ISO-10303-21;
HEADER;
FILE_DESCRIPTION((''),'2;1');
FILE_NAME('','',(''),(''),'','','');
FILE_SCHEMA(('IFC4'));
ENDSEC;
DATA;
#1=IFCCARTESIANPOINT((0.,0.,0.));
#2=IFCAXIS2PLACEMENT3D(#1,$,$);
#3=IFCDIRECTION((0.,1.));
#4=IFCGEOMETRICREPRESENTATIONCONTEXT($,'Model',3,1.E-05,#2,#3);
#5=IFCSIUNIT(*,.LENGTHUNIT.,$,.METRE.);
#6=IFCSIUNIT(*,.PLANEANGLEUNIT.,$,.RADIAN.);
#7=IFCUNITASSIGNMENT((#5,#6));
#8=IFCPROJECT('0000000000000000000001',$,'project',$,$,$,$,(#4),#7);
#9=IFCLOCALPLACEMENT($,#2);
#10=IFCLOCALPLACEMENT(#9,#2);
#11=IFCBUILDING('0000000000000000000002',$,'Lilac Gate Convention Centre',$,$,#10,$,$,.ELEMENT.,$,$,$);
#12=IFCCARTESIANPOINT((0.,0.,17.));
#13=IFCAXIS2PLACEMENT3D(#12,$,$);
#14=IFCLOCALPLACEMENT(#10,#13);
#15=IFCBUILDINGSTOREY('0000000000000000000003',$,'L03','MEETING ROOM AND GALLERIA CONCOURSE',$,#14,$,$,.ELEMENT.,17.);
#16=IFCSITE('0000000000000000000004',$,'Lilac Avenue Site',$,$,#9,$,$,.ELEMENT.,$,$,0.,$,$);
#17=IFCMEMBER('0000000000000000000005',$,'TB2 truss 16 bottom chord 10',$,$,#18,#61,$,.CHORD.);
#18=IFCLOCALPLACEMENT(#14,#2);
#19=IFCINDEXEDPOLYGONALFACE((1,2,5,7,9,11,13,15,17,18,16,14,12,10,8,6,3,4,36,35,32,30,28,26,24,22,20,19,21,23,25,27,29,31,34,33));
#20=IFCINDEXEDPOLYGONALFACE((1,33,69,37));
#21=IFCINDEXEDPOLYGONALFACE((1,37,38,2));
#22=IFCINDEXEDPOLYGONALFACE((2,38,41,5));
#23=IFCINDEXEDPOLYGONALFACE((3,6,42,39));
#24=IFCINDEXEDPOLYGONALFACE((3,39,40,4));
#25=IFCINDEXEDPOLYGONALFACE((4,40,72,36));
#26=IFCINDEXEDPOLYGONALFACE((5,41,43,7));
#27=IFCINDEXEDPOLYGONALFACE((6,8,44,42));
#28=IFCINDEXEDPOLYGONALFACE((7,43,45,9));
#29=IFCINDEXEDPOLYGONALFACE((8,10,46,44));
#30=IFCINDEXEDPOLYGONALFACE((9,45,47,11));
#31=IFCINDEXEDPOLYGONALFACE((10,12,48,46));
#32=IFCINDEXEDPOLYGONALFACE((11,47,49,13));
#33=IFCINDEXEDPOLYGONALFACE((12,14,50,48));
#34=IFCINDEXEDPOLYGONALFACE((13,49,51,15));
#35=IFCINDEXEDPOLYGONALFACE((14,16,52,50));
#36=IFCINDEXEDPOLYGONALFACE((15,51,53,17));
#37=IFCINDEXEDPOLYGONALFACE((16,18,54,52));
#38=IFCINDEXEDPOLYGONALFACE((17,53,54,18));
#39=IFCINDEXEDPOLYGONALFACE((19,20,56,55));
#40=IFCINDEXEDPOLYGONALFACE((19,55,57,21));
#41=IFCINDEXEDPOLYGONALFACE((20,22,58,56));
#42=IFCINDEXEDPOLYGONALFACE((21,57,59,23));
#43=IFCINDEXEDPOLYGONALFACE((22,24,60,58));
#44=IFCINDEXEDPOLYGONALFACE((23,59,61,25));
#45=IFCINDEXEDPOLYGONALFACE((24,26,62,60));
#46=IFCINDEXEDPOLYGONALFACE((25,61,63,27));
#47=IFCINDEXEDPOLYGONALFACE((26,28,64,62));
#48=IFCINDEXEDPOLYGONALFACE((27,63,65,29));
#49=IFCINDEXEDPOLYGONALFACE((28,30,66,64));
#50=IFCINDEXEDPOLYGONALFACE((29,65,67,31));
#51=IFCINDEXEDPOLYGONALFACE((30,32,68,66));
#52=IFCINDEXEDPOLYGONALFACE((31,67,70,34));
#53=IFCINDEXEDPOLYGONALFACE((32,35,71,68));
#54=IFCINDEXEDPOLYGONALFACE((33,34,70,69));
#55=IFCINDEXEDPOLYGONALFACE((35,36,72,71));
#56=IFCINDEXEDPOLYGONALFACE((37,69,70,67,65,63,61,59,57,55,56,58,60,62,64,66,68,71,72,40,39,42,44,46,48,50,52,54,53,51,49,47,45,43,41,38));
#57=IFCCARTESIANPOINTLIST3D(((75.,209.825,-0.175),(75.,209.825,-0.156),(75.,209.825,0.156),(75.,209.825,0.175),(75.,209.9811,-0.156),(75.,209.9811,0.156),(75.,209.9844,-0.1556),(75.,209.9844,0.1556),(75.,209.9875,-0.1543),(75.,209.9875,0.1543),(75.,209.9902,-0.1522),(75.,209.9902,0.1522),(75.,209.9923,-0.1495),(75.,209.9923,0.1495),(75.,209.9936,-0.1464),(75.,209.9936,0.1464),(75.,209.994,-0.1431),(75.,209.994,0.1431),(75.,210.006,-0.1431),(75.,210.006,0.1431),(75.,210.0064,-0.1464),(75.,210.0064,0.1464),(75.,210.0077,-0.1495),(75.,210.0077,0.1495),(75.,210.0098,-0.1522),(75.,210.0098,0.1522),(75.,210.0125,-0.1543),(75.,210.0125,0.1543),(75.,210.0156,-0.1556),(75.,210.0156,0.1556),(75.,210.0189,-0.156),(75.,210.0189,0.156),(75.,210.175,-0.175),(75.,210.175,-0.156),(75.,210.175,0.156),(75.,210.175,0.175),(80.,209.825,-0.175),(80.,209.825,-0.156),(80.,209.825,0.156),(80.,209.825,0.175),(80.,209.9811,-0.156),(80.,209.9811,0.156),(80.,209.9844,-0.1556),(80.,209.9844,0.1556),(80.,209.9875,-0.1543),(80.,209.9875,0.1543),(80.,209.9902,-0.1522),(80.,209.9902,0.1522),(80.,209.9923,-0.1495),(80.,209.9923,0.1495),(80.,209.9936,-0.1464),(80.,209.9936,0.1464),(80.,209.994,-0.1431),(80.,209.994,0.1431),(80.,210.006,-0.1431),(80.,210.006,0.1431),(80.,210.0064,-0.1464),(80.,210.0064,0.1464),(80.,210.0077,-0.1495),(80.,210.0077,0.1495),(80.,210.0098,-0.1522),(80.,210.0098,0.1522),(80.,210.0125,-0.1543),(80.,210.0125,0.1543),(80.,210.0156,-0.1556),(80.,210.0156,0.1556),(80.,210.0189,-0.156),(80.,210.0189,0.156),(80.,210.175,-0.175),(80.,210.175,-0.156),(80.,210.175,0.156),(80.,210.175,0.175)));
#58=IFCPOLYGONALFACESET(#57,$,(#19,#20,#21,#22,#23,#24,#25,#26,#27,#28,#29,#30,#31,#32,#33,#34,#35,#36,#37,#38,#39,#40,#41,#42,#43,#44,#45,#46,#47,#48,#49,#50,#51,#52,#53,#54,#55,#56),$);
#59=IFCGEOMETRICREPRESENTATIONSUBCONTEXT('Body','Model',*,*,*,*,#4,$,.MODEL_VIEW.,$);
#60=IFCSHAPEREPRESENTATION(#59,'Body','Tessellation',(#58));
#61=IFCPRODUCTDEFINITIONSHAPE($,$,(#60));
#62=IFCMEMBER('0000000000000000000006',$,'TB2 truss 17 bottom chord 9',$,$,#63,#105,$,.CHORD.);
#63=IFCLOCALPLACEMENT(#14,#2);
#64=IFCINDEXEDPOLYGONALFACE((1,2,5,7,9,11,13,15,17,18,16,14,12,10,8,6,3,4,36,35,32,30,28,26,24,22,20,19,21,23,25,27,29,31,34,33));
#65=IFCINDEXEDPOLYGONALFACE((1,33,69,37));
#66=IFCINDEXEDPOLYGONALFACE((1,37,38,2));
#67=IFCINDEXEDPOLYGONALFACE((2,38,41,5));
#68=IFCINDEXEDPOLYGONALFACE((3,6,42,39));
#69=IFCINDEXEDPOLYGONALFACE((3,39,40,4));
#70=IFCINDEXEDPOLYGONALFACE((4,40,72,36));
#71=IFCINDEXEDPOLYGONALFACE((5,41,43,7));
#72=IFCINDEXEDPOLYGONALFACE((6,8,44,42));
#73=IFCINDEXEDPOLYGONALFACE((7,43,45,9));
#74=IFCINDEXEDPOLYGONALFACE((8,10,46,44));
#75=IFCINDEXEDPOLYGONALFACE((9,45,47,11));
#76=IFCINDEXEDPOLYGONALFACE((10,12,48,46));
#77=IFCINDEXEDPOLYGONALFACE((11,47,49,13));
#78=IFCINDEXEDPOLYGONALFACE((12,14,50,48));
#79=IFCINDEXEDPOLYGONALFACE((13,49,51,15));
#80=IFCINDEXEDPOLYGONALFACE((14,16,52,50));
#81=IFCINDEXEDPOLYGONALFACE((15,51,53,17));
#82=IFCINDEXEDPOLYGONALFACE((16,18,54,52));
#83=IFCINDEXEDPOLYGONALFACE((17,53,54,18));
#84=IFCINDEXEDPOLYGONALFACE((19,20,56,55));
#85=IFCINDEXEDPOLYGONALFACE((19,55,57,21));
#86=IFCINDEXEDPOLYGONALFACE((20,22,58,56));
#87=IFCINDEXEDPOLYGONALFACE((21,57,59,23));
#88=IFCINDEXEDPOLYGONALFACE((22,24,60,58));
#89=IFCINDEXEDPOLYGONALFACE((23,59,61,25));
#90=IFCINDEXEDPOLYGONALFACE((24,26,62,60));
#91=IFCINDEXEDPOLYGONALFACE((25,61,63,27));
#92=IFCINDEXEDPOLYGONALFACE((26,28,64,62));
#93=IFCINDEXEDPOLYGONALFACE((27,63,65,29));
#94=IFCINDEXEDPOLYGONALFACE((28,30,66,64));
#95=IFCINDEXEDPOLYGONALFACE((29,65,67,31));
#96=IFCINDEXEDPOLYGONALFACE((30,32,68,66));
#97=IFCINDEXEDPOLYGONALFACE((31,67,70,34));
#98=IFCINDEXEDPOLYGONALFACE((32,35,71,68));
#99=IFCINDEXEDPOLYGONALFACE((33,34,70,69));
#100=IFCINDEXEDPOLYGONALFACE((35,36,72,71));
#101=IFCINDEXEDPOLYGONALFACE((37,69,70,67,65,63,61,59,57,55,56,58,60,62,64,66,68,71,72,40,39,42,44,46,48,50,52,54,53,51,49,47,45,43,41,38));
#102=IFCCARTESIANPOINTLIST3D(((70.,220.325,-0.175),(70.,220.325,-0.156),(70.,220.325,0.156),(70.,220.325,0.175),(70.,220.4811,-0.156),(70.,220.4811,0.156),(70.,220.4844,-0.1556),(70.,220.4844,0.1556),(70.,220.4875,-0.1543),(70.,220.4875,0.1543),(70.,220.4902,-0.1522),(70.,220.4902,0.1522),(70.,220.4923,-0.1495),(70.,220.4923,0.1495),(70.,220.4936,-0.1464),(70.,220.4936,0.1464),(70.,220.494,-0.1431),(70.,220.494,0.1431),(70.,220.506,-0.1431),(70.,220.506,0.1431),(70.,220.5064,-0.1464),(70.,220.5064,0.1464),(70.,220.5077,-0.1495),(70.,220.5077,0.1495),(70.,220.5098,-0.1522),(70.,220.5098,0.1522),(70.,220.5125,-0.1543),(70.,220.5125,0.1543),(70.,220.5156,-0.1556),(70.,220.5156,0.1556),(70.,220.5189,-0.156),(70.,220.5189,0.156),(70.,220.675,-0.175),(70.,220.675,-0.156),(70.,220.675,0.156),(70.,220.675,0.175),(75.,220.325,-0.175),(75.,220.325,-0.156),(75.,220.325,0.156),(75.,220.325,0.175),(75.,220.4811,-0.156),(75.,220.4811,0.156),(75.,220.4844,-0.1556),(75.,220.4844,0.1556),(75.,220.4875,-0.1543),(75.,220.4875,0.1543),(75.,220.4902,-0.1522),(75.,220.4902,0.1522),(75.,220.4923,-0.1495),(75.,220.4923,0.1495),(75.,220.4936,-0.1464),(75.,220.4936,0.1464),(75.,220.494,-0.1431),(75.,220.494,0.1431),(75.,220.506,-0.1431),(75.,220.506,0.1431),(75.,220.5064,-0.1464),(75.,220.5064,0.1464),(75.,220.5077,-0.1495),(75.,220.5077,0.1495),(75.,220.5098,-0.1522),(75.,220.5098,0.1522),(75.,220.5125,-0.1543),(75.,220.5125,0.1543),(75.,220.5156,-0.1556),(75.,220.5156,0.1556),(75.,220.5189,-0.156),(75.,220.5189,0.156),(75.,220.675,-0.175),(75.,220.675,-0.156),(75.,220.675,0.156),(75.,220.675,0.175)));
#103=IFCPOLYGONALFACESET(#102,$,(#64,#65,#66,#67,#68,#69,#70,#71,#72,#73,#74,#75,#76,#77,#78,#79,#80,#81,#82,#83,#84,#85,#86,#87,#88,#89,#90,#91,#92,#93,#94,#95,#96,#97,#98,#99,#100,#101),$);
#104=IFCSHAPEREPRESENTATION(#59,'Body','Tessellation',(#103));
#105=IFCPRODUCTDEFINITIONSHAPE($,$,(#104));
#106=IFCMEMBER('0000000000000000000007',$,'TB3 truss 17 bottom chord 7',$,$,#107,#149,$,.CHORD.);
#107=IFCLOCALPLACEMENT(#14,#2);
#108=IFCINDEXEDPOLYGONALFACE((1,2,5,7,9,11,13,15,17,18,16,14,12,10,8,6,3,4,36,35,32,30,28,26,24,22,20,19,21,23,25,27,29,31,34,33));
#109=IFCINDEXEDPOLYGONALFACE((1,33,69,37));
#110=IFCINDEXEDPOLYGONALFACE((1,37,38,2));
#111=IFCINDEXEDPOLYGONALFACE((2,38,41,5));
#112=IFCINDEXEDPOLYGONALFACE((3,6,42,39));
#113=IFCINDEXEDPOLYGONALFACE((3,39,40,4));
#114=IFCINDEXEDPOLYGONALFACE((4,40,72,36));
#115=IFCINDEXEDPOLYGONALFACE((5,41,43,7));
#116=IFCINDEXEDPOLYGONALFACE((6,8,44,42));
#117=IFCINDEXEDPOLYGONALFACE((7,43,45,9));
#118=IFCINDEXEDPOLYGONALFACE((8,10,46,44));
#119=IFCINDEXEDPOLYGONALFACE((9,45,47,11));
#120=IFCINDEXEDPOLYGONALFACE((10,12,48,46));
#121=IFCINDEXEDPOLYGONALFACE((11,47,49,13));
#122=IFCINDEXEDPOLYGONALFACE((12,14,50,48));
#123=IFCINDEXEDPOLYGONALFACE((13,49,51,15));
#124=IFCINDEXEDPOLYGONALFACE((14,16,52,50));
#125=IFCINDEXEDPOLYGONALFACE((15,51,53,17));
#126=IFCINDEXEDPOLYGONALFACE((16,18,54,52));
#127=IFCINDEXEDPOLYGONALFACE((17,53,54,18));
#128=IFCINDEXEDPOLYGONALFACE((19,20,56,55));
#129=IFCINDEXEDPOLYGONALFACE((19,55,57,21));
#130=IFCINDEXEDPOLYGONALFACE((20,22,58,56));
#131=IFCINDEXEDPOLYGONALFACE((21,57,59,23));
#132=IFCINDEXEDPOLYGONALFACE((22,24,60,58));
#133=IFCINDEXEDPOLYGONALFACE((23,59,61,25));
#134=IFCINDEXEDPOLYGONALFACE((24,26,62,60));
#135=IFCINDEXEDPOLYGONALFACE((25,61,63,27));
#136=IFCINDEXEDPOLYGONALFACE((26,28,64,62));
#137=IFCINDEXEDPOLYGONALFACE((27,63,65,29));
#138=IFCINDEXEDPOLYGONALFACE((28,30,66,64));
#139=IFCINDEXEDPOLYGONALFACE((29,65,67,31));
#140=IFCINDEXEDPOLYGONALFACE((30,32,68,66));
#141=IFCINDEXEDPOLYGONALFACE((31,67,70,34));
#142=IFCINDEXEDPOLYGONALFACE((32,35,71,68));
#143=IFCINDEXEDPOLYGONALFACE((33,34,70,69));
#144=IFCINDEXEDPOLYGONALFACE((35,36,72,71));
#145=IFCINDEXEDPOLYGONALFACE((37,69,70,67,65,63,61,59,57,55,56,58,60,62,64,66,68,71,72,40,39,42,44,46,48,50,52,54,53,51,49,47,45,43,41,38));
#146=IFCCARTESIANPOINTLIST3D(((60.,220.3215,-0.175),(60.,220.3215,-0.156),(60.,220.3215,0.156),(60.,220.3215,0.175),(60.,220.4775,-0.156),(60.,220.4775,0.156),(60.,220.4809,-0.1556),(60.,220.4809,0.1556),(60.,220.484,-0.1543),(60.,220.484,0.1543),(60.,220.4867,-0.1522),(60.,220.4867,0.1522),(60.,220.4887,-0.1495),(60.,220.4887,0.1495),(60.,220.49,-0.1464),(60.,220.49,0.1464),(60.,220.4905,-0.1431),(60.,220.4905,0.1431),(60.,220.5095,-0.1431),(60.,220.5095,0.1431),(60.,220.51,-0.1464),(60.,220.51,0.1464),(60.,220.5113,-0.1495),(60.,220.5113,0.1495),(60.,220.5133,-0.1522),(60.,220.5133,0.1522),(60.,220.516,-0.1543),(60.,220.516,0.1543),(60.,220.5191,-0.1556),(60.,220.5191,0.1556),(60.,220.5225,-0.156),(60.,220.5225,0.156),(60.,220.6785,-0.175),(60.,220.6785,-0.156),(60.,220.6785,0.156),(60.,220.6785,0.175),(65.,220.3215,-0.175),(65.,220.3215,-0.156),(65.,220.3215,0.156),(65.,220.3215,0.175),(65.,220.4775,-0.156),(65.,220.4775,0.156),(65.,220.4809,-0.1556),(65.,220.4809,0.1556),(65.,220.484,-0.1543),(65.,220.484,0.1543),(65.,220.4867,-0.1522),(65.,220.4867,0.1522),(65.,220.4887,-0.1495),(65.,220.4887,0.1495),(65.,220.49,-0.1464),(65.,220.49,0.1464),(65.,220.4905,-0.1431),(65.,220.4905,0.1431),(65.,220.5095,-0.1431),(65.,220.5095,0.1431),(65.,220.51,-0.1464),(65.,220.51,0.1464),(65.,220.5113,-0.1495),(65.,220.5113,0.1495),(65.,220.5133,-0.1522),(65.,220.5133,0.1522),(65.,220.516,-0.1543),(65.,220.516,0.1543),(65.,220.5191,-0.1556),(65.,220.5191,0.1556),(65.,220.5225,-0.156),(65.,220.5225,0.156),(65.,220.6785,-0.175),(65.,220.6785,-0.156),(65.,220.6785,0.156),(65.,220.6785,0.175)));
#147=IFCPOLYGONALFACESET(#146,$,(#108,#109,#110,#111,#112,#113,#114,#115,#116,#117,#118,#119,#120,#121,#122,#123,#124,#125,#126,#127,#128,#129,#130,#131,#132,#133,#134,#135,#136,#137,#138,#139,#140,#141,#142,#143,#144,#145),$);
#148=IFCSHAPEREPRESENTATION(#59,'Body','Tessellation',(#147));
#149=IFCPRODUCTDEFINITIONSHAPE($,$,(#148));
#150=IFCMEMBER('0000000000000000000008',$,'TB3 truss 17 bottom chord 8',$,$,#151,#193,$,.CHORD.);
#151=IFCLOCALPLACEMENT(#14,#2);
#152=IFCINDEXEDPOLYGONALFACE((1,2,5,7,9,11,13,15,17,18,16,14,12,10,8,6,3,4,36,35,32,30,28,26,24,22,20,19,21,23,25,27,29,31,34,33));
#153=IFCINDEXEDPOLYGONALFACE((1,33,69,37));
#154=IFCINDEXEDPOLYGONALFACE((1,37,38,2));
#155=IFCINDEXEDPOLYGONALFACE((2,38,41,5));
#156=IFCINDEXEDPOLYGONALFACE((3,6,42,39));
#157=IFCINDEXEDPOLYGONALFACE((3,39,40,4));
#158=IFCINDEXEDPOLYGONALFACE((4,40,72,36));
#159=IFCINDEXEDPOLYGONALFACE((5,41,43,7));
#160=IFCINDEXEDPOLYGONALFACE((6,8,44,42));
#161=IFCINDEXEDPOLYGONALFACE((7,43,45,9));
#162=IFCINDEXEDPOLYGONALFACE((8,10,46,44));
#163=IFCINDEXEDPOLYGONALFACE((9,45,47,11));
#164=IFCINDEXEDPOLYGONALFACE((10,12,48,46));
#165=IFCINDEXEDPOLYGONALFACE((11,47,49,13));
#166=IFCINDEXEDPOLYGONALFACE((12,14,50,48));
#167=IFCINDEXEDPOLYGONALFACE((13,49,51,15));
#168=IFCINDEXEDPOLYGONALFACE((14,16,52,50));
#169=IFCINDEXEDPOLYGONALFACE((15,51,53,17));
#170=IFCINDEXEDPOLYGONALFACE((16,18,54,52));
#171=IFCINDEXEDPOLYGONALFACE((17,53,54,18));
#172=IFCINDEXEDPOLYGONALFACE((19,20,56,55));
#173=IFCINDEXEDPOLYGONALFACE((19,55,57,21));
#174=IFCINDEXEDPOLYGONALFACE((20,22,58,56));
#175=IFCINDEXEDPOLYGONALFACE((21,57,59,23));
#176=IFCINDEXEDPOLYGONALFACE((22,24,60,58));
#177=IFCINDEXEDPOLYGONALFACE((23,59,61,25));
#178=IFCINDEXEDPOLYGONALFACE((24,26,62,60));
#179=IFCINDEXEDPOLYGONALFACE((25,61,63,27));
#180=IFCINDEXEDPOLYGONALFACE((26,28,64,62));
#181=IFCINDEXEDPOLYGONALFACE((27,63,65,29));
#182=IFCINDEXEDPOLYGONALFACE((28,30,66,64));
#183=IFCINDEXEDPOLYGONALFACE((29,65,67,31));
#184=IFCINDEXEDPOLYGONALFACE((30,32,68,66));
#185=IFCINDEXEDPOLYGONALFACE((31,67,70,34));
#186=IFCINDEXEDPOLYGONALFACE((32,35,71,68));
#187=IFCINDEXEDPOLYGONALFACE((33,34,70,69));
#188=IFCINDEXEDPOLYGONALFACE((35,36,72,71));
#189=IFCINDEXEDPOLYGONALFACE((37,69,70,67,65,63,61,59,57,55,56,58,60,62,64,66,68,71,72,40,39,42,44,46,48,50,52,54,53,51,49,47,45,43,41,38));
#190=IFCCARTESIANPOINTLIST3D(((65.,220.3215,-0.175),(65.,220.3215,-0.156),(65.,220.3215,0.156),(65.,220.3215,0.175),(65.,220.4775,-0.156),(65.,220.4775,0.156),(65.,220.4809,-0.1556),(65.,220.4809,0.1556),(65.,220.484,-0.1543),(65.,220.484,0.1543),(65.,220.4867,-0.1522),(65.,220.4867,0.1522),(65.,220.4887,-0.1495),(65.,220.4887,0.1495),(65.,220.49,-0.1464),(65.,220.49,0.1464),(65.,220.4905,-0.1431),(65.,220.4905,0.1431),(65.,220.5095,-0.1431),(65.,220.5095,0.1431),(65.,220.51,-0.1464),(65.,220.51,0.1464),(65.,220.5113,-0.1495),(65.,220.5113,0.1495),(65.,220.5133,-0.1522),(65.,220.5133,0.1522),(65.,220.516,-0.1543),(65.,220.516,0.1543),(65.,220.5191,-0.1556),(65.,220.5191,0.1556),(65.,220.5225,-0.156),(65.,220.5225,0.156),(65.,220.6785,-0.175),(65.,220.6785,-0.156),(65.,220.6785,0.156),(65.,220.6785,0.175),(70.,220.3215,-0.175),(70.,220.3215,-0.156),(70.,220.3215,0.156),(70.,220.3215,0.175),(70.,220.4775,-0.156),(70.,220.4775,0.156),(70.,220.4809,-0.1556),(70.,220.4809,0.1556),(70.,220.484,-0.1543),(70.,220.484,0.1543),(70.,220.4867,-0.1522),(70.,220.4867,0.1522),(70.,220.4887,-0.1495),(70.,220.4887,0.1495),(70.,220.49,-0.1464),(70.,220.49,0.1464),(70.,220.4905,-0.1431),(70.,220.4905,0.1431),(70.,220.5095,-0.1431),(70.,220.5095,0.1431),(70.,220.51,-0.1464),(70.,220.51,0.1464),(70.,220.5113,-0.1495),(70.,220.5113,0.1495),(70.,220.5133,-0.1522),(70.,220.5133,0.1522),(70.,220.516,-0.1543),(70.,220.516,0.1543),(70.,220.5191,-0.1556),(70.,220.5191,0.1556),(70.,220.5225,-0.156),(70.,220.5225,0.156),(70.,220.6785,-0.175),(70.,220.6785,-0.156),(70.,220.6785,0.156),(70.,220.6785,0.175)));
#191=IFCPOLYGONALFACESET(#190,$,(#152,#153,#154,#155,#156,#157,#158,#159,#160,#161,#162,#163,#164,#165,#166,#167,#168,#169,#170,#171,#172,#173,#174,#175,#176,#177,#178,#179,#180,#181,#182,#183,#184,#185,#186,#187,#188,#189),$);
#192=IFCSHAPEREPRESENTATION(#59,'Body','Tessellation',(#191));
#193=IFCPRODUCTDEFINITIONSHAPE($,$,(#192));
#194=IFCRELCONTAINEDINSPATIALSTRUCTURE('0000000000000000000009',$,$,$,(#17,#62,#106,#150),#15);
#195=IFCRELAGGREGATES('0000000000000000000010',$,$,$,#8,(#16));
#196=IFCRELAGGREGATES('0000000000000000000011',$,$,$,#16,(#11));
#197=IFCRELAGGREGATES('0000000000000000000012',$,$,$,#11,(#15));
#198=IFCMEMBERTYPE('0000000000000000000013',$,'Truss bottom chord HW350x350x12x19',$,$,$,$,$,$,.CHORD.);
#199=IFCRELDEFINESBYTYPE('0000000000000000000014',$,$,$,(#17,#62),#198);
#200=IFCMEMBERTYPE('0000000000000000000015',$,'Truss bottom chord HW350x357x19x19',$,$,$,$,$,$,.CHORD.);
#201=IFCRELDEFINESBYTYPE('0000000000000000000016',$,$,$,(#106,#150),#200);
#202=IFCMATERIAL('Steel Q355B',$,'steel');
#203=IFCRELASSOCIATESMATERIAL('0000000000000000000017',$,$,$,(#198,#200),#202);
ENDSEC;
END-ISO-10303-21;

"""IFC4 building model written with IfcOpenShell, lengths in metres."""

from ifc_helpers import new_model, si_unit, direction, frame, origin, origin_2d, place, context, subcontext, project, spatial, i_section, extrude, material, material_profile, profile_set, type_object, element, save


model = new_model("IFC4")

# Units and contexts
model_context = context("Model", 3, precision=1e-05, world=origin(), true_north=direction((0.0, 1.0)))
body_context = subcontext(model_context, "Body", "Model", "MODEL_VIEW")
ifc_project = project(units=[si_unit("LENGTHUNIT", "METRE"), si_unit("PLANEANGLEUNIT", "RADIAN")], contexts=[model_context])

# Site, building, storey
site_placement = place(None, origin())
site = spatial("IfcSite", under=ifc_project, at=site_placement, Name="Lilac Avenue Site", CompositionType="ELEMENT", RefElevation=0.0)
building_placement = place(site_placement, origin())
building = spatial("IfcBuilding", under=site, at=building_placement, Name="Lilac Gate Convention Centre", CompositionType="ELEMENT")
storey_placement = place(building_placement, frame((0.0, 0.0, 17.0)))
storey = spatial("IfcBuildingStorey", under=building, at=storey_placement, Name="L03", Description="MEETING ROOM AND GALLERIA CONCOURSE", CompositionType="ELEMENT", Elevation=17.0)

# Members
ifc_material = material(Name="Steel Q355B", Category="steel")
ifc_material_profile_1 = material_profile(ifc_material, i_section(OverallWidth=0.3501, OverallDepth=0.3501, WebThickness=0.012, FlangeThickness=0.019, FilletRadius=0.0129, at=origin_2d()), Name="HW350x350x12x19")
ifc_profile_set_1 = profile_set([ifc_material_profile_1], Name="Steel Q355B")
member_type_1 = type_object("IfcMemberType", Name="Truss bottom chord HW350x350x12x19", PredefinedType="CHORD", material=ifc_profile_set_1)
for number, where, z_axis, x_axis, name in (
    (1, (75.0, 210.0, 0.0), (1.0, 0.0, 0.0), (0.0, 1.0, 0.0), "TB2 truss 16 bottom chord 10"),
    (2, (70.0, 220.5, 0.0), (1.0, 0.0, 0.0), (0.0, 1.0, 0.0), "TB2 truss 17 bottom chord 9"),
):
    element("IfcMember", number, at=place(storey_placement, frame(where, z_axis=z_axis, x_axis=x_axis)), inside=storey, type_object=member_type_1, Name=name, PredefinedType="CHORD", context=body_context, shape_type="SweptSolid", body=[
        extrude(i_section(OverallWidth=0.3501, OverallDepth=0.3501, WebThickness=0.012, FlangeThickness=0.019, FilletRadius=0.0129, at=origin_2d()), origin(), (0.0, 0.0, 1.0), 5.0),
    ])
ifc_material_profile_2 = material_profile(ifc_material, i_section(OverallWidth=0.3569, OverallDepth=0.3501, WebThickness=0.019, FlangeThickness=0.019, FilletRadius=0.0129, at=origin_2d()), Name="HW350x357x19x19")
ifc_profile_set_2 = profile_set([ifc_material_profile_2], Name="Steel Q355B")
member_type_2 = type_object("IfcMemberType", Name="Truss bottom chord HW350x357x19x19", PredefinedType="CHORD", material=ifc_profile_set_2)
for number, where, z_axis, x_axis, name in (
    (3, (60.0, 220.5, 0.0), (1.0, 0.0, 0.0), (0.0, 1.0, 0.0), "TB3 truss 17 bottom chord 7"),
    (4, (65.0, 220.5, 0.0), (1.0, 0.0, 0.0), (0.0, 1.0, 0.0), "TB3 truss 17 bottom chord 8"),
):
    element("IfcMember", number, at=place(storey_placement, frame(where, z_axis=z_axis, x_axis=x_axis)), inside=storey, type_object=member_type_2, Name=name, PredefinedType="CHORD", context=body_context, shape_type="SweptSolid", body=[
        extrude(i_section(OverallWidth=0.3569, OverallDepth=0.3501, WebThickness=0.019, FlangeThickness=0.019, FilletRadius=0.0129, at=origin_2d()), origin(), (0.0, 0.0, 1.0), 5.0),
    ])

save(model, "model.ifc")
